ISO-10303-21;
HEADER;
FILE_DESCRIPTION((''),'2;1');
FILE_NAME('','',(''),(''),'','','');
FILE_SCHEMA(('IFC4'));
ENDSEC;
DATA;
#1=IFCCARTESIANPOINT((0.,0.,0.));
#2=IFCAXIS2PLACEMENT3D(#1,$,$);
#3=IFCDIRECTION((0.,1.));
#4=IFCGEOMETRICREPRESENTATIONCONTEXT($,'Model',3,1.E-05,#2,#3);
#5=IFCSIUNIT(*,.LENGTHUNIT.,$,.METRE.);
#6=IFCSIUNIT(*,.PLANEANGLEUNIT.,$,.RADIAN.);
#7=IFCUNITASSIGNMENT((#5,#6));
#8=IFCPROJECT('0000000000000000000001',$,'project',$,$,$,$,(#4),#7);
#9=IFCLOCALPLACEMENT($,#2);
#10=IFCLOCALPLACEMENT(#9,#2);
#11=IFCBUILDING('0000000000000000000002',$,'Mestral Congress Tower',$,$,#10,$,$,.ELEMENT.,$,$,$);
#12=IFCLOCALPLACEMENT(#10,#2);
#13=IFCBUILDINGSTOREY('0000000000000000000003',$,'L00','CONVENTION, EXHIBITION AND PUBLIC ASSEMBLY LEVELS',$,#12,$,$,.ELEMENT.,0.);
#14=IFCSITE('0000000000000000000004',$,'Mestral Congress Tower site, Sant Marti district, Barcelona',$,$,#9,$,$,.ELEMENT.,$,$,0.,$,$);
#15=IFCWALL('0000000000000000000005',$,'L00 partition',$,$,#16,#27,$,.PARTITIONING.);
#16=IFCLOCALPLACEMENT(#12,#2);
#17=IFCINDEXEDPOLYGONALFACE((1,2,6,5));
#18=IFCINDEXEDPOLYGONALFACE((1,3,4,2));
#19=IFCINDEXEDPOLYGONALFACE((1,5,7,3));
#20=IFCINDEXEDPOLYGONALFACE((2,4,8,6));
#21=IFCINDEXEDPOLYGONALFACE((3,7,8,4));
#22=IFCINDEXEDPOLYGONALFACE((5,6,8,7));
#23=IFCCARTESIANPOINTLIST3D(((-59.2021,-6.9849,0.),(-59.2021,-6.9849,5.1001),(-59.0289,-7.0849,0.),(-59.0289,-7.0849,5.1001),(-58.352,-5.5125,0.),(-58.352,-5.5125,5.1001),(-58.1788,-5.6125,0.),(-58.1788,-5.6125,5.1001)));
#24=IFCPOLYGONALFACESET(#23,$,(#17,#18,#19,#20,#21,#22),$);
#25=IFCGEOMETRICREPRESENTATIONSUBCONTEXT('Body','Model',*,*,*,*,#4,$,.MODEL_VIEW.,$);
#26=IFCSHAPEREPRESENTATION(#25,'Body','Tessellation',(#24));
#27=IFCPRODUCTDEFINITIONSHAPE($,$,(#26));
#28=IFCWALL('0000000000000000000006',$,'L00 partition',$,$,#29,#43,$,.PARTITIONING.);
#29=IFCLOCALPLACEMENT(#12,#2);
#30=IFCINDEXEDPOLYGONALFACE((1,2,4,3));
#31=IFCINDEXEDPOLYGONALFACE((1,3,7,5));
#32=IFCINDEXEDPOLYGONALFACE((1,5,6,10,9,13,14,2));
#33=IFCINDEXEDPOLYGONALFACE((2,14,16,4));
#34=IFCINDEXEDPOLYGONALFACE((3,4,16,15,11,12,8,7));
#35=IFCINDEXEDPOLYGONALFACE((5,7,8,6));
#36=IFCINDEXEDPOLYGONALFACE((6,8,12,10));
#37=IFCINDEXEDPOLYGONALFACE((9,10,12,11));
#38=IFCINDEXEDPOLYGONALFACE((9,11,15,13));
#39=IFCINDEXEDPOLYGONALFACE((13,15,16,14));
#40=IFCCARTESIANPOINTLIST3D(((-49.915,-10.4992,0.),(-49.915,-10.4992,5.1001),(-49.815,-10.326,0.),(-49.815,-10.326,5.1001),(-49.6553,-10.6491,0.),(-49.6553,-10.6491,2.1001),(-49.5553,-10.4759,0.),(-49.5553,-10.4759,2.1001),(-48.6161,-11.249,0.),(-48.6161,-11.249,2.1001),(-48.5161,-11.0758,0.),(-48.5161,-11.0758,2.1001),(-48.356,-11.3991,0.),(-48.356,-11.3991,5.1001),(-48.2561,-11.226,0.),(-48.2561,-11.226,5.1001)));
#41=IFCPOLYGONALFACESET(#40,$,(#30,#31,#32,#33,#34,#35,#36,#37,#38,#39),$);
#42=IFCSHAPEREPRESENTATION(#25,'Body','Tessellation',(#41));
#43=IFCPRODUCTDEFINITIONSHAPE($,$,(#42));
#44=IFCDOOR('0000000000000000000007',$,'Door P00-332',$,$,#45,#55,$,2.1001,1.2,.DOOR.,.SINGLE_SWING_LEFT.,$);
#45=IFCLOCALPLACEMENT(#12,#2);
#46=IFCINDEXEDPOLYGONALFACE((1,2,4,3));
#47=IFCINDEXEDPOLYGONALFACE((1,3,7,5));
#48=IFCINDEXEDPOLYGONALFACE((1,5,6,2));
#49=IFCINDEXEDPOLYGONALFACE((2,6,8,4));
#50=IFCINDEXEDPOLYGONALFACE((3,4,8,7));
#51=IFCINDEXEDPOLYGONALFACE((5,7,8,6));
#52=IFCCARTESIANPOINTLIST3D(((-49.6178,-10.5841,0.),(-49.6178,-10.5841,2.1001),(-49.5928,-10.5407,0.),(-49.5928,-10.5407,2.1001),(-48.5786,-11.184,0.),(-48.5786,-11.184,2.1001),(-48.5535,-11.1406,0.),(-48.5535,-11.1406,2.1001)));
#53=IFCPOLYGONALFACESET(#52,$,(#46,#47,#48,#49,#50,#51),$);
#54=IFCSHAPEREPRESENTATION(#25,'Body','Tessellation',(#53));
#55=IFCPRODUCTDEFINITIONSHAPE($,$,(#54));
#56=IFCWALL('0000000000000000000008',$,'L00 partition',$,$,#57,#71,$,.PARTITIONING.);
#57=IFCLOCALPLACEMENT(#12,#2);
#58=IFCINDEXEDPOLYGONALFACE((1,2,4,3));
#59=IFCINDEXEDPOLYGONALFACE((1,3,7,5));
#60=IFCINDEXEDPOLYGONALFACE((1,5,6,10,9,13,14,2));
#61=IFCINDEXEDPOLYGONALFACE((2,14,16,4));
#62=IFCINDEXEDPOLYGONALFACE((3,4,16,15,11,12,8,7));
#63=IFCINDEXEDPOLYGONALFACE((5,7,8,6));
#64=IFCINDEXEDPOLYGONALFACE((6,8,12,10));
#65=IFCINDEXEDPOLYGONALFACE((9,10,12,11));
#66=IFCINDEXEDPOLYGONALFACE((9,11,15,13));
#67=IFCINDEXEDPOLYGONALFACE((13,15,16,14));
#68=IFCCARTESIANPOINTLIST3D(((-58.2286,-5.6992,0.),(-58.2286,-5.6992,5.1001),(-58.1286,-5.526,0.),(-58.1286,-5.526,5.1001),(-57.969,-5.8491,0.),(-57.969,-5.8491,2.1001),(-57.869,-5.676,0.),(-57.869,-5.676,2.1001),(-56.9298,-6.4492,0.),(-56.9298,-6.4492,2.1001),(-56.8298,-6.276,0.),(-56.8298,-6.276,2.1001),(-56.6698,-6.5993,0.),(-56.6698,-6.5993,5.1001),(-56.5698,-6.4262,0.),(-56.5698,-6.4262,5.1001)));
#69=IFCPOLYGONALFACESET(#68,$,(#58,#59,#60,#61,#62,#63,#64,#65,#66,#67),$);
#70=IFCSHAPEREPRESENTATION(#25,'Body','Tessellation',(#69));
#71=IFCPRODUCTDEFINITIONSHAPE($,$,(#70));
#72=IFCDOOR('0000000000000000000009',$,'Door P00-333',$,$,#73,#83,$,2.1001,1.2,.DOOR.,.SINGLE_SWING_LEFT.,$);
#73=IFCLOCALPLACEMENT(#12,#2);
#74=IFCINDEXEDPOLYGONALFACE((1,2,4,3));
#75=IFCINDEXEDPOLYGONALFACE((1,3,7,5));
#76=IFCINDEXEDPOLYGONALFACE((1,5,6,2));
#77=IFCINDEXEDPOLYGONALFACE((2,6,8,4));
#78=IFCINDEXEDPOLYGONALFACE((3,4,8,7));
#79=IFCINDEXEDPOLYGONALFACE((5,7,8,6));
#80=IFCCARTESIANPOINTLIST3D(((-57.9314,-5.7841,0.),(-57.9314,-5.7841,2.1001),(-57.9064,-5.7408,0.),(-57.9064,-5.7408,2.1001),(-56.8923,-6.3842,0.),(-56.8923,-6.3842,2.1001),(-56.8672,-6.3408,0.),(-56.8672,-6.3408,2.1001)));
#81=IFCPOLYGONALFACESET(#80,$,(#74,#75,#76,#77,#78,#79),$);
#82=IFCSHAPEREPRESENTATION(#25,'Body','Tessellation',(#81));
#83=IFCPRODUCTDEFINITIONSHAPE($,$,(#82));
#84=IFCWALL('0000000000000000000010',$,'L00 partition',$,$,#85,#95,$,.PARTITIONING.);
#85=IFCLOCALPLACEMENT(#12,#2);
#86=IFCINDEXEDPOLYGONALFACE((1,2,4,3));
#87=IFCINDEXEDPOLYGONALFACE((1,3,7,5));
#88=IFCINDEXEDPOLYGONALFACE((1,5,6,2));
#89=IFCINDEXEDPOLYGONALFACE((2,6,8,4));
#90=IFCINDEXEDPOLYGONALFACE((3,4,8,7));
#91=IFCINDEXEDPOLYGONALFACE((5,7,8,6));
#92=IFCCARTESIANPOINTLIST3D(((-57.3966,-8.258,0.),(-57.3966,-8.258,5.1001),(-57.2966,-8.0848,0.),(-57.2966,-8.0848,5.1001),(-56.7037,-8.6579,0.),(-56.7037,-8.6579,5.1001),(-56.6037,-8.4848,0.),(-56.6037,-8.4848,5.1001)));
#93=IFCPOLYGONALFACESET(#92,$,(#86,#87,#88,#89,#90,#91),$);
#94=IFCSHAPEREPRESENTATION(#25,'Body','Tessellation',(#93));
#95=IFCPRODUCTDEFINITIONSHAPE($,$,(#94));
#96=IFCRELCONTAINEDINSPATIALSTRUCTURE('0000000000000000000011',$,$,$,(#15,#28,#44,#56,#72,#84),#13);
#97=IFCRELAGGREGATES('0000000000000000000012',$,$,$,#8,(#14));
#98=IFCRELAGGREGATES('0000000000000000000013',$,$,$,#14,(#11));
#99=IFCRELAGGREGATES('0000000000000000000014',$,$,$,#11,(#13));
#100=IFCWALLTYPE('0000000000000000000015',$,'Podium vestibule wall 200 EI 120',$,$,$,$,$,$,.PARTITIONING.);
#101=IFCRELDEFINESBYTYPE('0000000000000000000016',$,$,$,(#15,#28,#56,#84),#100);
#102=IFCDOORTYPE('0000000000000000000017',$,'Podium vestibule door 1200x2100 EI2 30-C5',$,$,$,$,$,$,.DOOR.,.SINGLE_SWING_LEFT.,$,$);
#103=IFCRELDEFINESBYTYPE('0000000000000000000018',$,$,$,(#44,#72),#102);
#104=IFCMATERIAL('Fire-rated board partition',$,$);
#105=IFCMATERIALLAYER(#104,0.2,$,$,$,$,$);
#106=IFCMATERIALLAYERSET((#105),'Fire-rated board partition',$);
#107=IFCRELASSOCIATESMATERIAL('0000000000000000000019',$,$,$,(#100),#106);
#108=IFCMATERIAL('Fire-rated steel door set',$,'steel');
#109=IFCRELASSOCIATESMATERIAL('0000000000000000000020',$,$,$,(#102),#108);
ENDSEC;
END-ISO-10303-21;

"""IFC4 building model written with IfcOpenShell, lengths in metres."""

from ifc_helpers import new_model, si_unit, direction, frame, frame_2d, origin, place, context, subcontext, project, spatial, rectangle, extrude, material, layer, layer_set, type_object, element, fill, save


model = new_model("IFC4")

# Units and contexts
model_context = context("Model", 3, precision=1e-05, world=origin(), true_north=direction((0.0, 1.0)))
body_context = subcontext(model_context, "Body", "Model", "MODEL_VIEW")
ifc_project = project(units=[si_unit("LENGTHUNIT", "METRE"), si_unit("PLANEANGLEUNIT", "RADIAN")], contexts=[model_context])

# Site, building, storey
site_placement = place(None, origin())
site = spatial("IfcSite", under=ifc_project, at=site_placement, Name="Mestral Congress Tower site, Sant Marti district, Barcelona", CompositionType="ELEMENT", RefElevation=0.0)
building_placement = place(site_placement, origin())
building = spatial("IfcBuilding", under=site, at=building_placement, Name="Mestral Congress Tower", CompositionType="ELEMENT")
storey_placement = place(building_placement, origin())
storey = spatial("IfcBuildingStorey", under=building, at=storey_placement, Name="L00", Description="CONVENTION, EXHIBITION AND PUBLIC ASSEMBLY LEVELS", CompositionType="ELEMENT", Elevation=0.0)

# Shared definitions
ifc_material_1 = material(Name="Fire-rated steel door set", Category="steel")

# Wall
ifc_material_2 = material(Name="Fire-rated board partition")
ifc_layer_1 = layer(ifc_material_2, 0.2)
ifc_layer_set_1 = layer_set([ifc_layer_1], Name="Fire-rated board partition")
wall_type_1 = type_object("IfcWallType", Name="Podium vestibule wall 200 EI 120", PredefinedType="PARTITIONING", material=ifc_layer_set_1)
for number, where, z_axis, x_axis, name in (
    (1, (-58.2654, -5.5625, 0.0), (0.0, 0.0, 1.0), (-0.5, -0.866025, 0.0), "L00 partition"),
):
    element("IfcWall", number, at=place(storey_placement, frame(where, z_axis=z_axis, x_axis=x_axis)), inside=storey, type_object=wall_type_1, Name=name, PredefinedType="PARTITIONING", context=body_context, shape_type="SweptSolid", body=[
        extrude(rectangle(XDim=1.7002, YDim=0.2, at=frame_2d((0.8501, 0.0))), origin(), (0.0, 0.0, 1.0), 5.1001),
    ])

# Walls, openings, doors
wall_1_placement = place(storey_placement, frame((-48.3062, -11.3125, 0.0), z_axis=(0.0, 0.0, 1.0), x_axis=(-0.866048, 0.499961, 0.0)))
wall_1 = element("IfcWall", 2, at=wall_1_placement, inside=storey, type_object=wall_type_1, Name="L00 partition", PredefinedType="PARTITIONING", context=body_context, shape_type="SweptSolid", body=[
    extrude(rectangle(XDim=1.8, YDim=0.2, at=frame_2d((0.8999, 0.0))), origin(), (0.0, 0.0, 1.0), 5.1001),
])
opening_1_placement = place(wall_1_placement, frame((0.3, 0.0, 0.0)))
opening_1 = element("IfcOpeningElement", 3, at=opening_1_placement, cuts=wall_1, PredefinedType="OPENING", context=body_context, shape_type="SweptSolid", body=[
    extrude(rectangle(XDim=1.2, YDim=2.1001, at=frame_2d((0.6001, 1.05))), frame((0.0, 0.1099, 0.0), z_axis=(0.0, -1.0, 0.0), x_axis=(1.0, 0.0, 0.0)), (0.0, 0.0, 1.0), 0.22),
])
door_type_1 = type_object("IfcDoorType", Name="Podium vestibule door 1200x2100 EI2 30-C5", OperationType="SINGLE_SWING_LEFT", PredefinedType="DOOR", material=ifc_material_1)
door_1_placement = place(opening_1_placement, origin())
door_1 = element("IfcDoor", 4, at=door_1_placement, inside=storey, type_object=door_type_1, Name="Door P00-332", OperationType="SINGLE_SWING_LEFT", OverallHeight=2.1001, OverallWidth=1.2, PredefinedType="DOOR", context=body_context, shape_type="SweptSolid", body=[
    extrude(rectangle(XDim=1.2, YDim=2.1001, at=frame_2d((0.6001, 1.05))), frame((0.0, 0.0249, 0.0), z_axis=(0.0, -1.0, 0.0), x_axis=(1.0, 0.0, 0.0)), (0.0, 0.0, 1.0), 0.05),
])
fill(opening_1, door_1)
wall_2_placement = place(storey_placement, frame((-56.6199, -6.5127, 0.0), z_axis=(0.0, 0.0, 1.0), x_axis=(-0.865989, 0.500063, 0.0)))
wall_2 = element("IfcWall", 5, at=wall_2_placement, inside=storey, type_object=wall_type_1, Name="L00 partition", PredefinedType="PARTITIONING", context=body_context, shape_type="SweptSolid", body=[
    extrude(rectangle(XDim=1.8, YDim=0.2, at=frame_2d((0.8999, 0.0))), origin(), (0.0, 0.0, 1.0), 5.1001),
])
opening_2_placement = place(wall_2_placement, frame((0.3, 0.0, 0.0)))
opening_2 = element("IfcOpeningElement", 6, at=opening_2_placement, cuts=wall_2, PredefinedType="OPENING", context=body_context, shape_type="SweptSolid", body=[
    extrude(rectangle(XDim=1.2, YDim=2.1001, at=frame_2d((0.6001, 1.05))), frame((0.0, 0.1099, 0.0), z_axis=(0.0, -1.0, 0.0), x_axis=(1.0, 0.0, 0.0)), (0.0, 0.0, 1.0), 0.22),
])
door_2_placement = place(opening_2_placement, origin())
door_2 = element("IfcDoor", 7, at=door_2_placement, inside=storey, type_object=door_type_1, Name="Door P00-333", OperationType="SINGLE_SWING_LEFT", OverallHeight=2.1001, OverallWidth=1.2, PredefinedType="DOOR", context=body_context, shape_type="SweptSolid", body=[
    extrude(rectangle(XDim=1.2, YDim=2.1001, at=frame_2d((0.6001, 1.05))), frame((0.0, 0.0249, 0.0), z_axis=(0.0, -1.0, 0.0), x_axis=(1.0, 0.0, 0.0)), (0.0, 0.0, 1.0), 0.05),
])
fill(opening_2, door_2)

# Wall
wall_3_placement = place(storey_placement, frame((-56.6538, -8.5713, 0.0), z_axis=(0.0, 0.0, 1.0), x_axis=(-0.866094, 0.499881, 0.0)))
element("IfcWall", 8, at=wall_3_placement, inside=storey, type_object=wall_type_1, Name="L00 partition", PredefinedType="PARTITIONING", context=body_context, shape_type="SweptSolid", body=[
    extrude(rectangle(XDim=0.8, YDim=0.2, at=frame_2d((0.3999, 0.0))), origin(), (0.0, 0.0, 1.0), 5.1001),
])

save(model, "model.ifc")
